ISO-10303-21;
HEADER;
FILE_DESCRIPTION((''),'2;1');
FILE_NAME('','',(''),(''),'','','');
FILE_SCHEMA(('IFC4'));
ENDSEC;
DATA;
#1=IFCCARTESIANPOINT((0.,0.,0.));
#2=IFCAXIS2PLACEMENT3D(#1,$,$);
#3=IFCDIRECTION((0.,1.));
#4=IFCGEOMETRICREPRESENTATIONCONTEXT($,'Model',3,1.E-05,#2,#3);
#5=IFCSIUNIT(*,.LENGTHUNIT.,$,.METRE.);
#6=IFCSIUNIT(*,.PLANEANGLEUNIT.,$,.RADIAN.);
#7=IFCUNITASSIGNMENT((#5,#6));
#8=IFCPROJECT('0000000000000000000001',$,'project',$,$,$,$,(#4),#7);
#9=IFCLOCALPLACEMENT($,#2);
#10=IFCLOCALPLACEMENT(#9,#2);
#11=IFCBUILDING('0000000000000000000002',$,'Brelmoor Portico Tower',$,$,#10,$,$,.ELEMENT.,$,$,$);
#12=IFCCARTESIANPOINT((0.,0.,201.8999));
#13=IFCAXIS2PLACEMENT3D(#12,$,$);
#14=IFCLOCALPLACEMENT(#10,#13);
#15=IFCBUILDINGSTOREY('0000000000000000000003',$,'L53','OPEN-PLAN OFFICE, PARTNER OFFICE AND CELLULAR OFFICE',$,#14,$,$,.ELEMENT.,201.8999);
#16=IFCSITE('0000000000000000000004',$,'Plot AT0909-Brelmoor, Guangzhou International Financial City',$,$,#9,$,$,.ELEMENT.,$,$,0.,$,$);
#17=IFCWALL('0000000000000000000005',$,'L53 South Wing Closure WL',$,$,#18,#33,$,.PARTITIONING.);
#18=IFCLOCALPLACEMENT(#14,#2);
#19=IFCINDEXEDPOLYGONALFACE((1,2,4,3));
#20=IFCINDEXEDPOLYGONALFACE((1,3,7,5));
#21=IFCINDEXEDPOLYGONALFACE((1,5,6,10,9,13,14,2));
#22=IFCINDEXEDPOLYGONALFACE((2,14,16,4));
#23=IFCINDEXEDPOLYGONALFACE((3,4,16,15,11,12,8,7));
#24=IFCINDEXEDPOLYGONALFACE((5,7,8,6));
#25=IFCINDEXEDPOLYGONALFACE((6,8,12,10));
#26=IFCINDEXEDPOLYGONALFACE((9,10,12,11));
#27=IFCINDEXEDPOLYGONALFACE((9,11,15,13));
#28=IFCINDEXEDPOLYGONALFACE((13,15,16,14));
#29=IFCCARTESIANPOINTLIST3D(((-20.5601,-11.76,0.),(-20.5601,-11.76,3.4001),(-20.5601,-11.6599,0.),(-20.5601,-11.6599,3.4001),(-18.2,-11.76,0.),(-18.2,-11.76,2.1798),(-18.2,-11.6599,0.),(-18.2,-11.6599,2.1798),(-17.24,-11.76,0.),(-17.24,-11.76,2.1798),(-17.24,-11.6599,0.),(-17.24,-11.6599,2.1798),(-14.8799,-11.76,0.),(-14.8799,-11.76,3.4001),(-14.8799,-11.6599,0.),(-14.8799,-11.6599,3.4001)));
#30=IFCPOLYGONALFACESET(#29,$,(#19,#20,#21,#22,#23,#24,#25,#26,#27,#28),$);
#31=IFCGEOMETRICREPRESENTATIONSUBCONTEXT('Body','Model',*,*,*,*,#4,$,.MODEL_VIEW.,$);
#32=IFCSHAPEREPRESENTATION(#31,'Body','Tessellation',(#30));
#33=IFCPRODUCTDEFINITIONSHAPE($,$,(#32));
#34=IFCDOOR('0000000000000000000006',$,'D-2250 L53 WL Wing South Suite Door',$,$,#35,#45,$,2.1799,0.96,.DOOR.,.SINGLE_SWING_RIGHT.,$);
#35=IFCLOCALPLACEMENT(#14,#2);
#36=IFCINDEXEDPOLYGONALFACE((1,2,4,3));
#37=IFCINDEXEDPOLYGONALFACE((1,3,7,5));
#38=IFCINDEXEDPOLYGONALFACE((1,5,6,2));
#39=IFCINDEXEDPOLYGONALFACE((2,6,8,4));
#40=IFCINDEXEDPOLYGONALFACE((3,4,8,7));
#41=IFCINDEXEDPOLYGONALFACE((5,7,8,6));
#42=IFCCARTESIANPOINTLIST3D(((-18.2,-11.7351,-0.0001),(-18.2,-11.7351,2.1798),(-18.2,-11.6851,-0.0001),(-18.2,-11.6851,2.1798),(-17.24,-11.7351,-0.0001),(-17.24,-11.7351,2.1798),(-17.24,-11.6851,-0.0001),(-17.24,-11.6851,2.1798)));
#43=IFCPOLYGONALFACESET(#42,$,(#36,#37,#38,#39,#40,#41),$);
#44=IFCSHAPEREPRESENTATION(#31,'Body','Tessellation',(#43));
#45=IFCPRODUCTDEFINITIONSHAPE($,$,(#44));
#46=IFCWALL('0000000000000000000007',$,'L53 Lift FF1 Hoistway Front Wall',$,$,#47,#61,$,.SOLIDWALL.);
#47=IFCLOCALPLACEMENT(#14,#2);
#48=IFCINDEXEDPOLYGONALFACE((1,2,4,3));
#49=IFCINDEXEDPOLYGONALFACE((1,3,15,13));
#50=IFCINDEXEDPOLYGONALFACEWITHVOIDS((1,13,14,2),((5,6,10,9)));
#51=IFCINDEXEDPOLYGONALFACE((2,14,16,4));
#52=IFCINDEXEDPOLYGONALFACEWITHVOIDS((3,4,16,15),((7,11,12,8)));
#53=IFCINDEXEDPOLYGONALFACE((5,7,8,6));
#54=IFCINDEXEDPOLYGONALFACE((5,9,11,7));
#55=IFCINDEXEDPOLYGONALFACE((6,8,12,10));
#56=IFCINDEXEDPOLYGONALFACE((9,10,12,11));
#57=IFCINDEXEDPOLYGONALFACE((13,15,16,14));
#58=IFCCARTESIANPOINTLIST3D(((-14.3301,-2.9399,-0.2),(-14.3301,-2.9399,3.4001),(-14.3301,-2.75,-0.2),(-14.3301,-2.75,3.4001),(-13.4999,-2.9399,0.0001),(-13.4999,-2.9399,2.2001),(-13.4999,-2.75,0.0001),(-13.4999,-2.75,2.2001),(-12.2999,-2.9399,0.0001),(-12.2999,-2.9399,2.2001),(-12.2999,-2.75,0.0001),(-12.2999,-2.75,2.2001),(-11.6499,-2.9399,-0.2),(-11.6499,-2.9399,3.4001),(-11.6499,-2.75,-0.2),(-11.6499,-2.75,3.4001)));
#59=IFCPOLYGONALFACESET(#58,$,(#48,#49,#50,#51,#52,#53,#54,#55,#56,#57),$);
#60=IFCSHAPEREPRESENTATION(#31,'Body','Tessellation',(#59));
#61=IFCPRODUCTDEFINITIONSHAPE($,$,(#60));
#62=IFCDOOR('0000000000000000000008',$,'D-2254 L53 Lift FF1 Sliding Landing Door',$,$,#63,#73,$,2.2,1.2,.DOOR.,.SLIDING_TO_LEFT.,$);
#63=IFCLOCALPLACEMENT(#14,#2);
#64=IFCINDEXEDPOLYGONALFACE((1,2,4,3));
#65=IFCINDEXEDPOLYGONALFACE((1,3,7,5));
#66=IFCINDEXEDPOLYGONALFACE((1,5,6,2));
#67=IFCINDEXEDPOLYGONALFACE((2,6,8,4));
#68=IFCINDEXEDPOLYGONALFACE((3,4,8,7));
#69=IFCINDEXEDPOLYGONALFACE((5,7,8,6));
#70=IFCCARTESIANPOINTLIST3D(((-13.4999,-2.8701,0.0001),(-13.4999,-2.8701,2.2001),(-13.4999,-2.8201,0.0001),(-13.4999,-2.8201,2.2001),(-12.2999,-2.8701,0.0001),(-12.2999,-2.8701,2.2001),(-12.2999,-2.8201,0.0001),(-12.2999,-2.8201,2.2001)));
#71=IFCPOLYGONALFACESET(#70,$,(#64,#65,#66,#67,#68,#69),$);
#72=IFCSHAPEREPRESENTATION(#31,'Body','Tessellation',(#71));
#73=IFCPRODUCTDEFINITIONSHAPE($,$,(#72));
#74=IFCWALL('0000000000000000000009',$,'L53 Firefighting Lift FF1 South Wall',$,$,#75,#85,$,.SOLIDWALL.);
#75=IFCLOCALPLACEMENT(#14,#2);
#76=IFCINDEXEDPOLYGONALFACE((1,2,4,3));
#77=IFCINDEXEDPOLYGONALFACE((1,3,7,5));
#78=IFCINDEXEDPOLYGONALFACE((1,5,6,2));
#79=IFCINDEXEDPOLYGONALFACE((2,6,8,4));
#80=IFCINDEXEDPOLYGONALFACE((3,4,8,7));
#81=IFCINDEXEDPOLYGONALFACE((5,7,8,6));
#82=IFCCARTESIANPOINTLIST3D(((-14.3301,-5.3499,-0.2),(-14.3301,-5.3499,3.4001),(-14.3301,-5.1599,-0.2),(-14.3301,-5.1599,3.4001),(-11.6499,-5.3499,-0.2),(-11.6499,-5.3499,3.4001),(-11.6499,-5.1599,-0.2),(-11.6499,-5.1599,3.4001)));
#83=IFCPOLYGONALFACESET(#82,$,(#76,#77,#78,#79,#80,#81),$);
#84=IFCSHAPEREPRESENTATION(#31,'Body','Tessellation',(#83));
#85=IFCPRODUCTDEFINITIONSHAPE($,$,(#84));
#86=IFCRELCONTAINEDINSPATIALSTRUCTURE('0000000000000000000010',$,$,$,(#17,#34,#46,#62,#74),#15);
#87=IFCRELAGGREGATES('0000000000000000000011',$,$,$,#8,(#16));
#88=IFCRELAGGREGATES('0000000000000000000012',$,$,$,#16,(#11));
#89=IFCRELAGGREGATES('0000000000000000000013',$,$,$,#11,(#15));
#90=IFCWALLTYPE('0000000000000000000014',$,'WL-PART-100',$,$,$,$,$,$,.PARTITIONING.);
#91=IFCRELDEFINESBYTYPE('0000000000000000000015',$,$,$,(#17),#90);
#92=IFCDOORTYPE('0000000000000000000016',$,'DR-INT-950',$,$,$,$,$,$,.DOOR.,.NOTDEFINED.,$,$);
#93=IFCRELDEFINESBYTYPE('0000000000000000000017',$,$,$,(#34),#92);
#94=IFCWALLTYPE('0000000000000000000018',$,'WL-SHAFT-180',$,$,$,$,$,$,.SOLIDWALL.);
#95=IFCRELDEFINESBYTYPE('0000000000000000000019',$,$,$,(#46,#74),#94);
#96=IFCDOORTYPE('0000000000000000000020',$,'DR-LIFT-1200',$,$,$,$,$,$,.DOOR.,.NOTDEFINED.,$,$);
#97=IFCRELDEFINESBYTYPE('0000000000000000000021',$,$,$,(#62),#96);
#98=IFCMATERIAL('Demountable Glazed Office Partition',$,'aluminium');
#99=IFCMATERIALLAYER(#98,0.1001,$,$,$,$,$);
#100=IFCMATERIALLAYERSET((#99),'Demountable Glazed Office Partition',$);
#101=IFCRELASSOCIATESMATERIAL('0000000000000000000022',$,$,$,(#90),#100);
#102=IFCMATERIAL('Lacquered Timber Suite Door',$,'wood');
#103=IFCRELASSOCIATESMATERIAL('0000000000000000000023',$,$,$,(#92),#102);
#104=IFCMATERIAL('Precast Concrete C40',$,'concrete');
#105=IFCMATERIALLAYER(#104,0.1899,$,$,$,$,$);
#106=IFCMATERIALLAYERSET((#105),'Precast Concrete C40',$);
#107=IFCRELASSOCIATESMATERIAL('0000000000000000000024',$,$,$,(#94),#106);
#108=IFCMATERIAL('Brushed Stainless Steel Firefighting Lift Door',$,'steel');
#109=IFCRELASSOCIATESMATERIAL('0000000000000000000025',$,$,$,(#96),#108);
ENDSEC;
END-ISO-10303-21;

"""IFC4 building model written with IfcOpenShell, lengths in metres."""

from ifc_helpers import new_model, si_unit, direction, frame, frame_2d, origin, place, context, subcontext, project, spatial, rectangle, extrude, material, layer, layer_set, type_object, element, fill, save


model = new_model("IFC4")

# Units and contexts
model_context = context("Model", 3, precision=1e-05, world=origin(), true_north=direction((0.0, 1.0)))
body_context = subcontext(model_context, "Body", "Model", "MODEL_VIEW")
ifc_project = project(units=[si_unit("LENGTHUNIT", "METRE"), si_unit("PLANEANGLEUNIT", "RADIAN")], contexts=[model_context])

# Site, building, storey
site_placement = place(None, origin())
site = spatial("IfcSite", under=ifc_project, at=site_placement, Name="Plot AT0909-Brelmoor, Guangzhou International Financial City", CompositionType="ELEMENT", RefElevation=0.0)
building_placement = place(site_placement, origin())
building = spatial("IfcBuilding", under=site, at=building_placement, Name="Brelmoor Portico Tower", CompositionType="ELEMENT")
storey_placement = place(building_placement, frame((0.0, 0.0, 201.8999)))
storey = spatial("IfcBuildingStorey", under=building, at=storey_placement, Name="L53", Description="OPEN-PLAN OFFICE, PARTNER OFFICE AND CELLULAR OFFICE", CompositionType="ELEMENT", Elevation=201.8999)

# Walls, openings, doors
ifc_material_1 = material(Name="Demountable Glazed Office Partition", Category="aluminium")
ifc_layer_1 = layer(ifc_material_1, 0.1001)
ifc_layer_set_1 = layer_set([ifc_layer_1], Name="Demountable Glazed Office Partition")
wall_type_1 = type_object("IfcWallType", Name="WL-PART-100", PredefinedType="PARTITIONING", material=ifc_layer_set_1)
wall_1_placement = place(storey_placement, frame((-20.5601, -11.71, 0.0), z_axis=(0.0, 0.0, 1.0), x_axis=(1.0, 0.0, 0.0)))
wall_1 = element("IfcWall", 1, at=wall_1_placement, inside=storey, type_object=wall_type_1, Name="L53 South Wing Closure WL", PredefinedType="PARTITIONING", context=body_context, shape_type="SweptSolid", body=[
    extrude(rectangle(XDim=5.6802, YDim=0.1001, at=frame_2d((2.8401, 0.0))), origin(), (0.0, 0.0, 1.0), 3.4001),
])
opening_1_placement = place(wall_1_placement, frame((2.3601, 0.0, 0.0)))
opening_1 = element("IfcOpeningElement", 2, at=opening_1_placement, cuts=wall_1, PredefinedType="OPENING", context=body_context, shape_type="SweptSolid", body=[
    extrude(rectangle(XDim=0.96, YDim=2.1799, at=frame_2d((0.48, 1.0898))), frame((0.0, 0.0601, 0.0), z_axis=(0.0, -1.0, 0.0), x_axis=(1.0, 0.0, 0.0)), (0.0, 0.0, 1.0), 0.1201),
])
ifc_material_2 = material(Name="Lacquered Timber Suite Door", Category="wood")
door_type_1 = type_object("IfcDoorType", Name="DR-INT-950", OperationType="NOTDEFINED", PredefinedType="DOOR", material=ifc_material_2)
door_1_placement = place(opening_1_placement, origin())
door_1 = element("IfcDoor", 3, at=door_1_placement, inside=storey, type_object=door_type_1, Name="D-2250 L53 WL Wing South Suite Door", OperationType="SINGLE_SWING_RIGHT", OverallHeight=2.1799, OverallWidth=0.96, PredefinedType="DOOR", context=body_context, shape_type="SweptSolid", body=[
    extrude(rectangle(XDim=0.96, YDim=2.1799, at=frame_2d((0.48, 1.0898))), frame((0.0, 0.0249, 0.0), z_axis=(0.0, -1.0, 0.0), x_axis=(1.0, 0.0, 0.0)), (0.0, 0.0, 1.0), 0.05),
])
fill(opening_1, door_1)
ifc_material_3 = material(Name="Precast Concrete C40", Category="concrete")
ifc_layer_2 = layer(ifc_material_3, 0.1899)
ifc_layer_set_2 = layer_set([ifc_layer_2], Name="Precast Concrete C40")
wall_type_2 = type_object("IfcWallType", Name="WL-SHAFT-180", PredefinedType="SOLIDWALL", material=ifc_layer_set_2)
wall_2_placement = place(storey_placement, frame((-14.3301, -2.845, -0.2), z_axis=(0.0, 0.0, 1.0), x_axis=(1.0, 0.0, 0.0)))
wall_2 = element("IfcWall", 4, at=wall_2_placement, inside=storey, type_object=wall_type_2, Name="L53 Lift FF1 Hoistway Front Wall", PredefinedType="SOLIDWALL", context=body_context, shape_type="SweptSolid", body=[
    extrude(rectangle(XDim=2.6802, YDim=0.1899, at=frame_2d((1.3401, 0.0))), origin(), (0.0, 0.0, 1.0), 3.6001),
])
opening_2_placement = place(wall_2_placement, frame((0.8301, 0.0, 0.2)))
opening_2 = element("IfcOpeningElement", 5, at=opening_2_placement, cuts=wall_2, PredefinedType="OPENING", context=body_context, shape_type="SweptSolid", body=[
    extrude(rectangle(XDim=1.2, YDim=2.2, at=frame_2d((0.6001, 1.1001))), frame((0.0, 0.105, 0.0), z_axis=(0.0, -1.0, 0.0), x_axis=(1.0, 0.0, 0.0)), (0.0, 0.0, 1.0), 0.21),
])
ifc_material_4 = material(Name="Brushed Stainless Steel Firefighting Lift Door", Category="steel")
door_type_2 = type_object("IfcDoorType", Name="DR-LIFT-1200", OperationType="NOTDEFINED", PredefinedType="DOOR", material=ifc_material_4)
door_2_placement = place(opening_2_placement, origin())
door_2 = element("IfcDoor", 6, at=door_2_placement, inside=storey, type_object=door_type_2, Name="D-2254 L53 Lift FF1 Sliding Landing Door", OperationType="SLIDING_TO_LEFT", OverallHeight=2.2, OverallWidth=1.2, PredefinedType="DOOR", context=body_context, shape_type="SweptSolid", body=[
    extrude(rectangle(XDim=1.2, YDim=2.2, at=frame_2d((0.6001, 1.1001))), frame((0.0, 0.0249, 0.0), z_axis=(0.0, -1.0, 0.0), x_axis=(1.0, 0.0, 0.0)), (0.0, 0.0, 1.0), 0.05),
])
fill(opening_2, door_2)

# Wall
wall_3_placement = place(storey_placement, frame((-14.3301, -5.2549, -0.2), z_axis=(0.0, 0.0, 1.0), x_axis=(1.0, 0.0, 0.0)))
element("IfcWall", 7, at=wall_3_placement, inside=storey, type_object=wall_type_2, Name="L53 Firefighting Lift FF1 South Wall", PredefinedType="SOLIDWALL", context=body_context, shape_type="SweptSolid", body=[
    extrude(rectangle(XDim=2.6802, YDim=0.1899, at=frame_2d((1.3401, 0.0))), origin(), (0.0, 0.0, 1.0), 3.6001),
])

save(model, "model.ifc")
